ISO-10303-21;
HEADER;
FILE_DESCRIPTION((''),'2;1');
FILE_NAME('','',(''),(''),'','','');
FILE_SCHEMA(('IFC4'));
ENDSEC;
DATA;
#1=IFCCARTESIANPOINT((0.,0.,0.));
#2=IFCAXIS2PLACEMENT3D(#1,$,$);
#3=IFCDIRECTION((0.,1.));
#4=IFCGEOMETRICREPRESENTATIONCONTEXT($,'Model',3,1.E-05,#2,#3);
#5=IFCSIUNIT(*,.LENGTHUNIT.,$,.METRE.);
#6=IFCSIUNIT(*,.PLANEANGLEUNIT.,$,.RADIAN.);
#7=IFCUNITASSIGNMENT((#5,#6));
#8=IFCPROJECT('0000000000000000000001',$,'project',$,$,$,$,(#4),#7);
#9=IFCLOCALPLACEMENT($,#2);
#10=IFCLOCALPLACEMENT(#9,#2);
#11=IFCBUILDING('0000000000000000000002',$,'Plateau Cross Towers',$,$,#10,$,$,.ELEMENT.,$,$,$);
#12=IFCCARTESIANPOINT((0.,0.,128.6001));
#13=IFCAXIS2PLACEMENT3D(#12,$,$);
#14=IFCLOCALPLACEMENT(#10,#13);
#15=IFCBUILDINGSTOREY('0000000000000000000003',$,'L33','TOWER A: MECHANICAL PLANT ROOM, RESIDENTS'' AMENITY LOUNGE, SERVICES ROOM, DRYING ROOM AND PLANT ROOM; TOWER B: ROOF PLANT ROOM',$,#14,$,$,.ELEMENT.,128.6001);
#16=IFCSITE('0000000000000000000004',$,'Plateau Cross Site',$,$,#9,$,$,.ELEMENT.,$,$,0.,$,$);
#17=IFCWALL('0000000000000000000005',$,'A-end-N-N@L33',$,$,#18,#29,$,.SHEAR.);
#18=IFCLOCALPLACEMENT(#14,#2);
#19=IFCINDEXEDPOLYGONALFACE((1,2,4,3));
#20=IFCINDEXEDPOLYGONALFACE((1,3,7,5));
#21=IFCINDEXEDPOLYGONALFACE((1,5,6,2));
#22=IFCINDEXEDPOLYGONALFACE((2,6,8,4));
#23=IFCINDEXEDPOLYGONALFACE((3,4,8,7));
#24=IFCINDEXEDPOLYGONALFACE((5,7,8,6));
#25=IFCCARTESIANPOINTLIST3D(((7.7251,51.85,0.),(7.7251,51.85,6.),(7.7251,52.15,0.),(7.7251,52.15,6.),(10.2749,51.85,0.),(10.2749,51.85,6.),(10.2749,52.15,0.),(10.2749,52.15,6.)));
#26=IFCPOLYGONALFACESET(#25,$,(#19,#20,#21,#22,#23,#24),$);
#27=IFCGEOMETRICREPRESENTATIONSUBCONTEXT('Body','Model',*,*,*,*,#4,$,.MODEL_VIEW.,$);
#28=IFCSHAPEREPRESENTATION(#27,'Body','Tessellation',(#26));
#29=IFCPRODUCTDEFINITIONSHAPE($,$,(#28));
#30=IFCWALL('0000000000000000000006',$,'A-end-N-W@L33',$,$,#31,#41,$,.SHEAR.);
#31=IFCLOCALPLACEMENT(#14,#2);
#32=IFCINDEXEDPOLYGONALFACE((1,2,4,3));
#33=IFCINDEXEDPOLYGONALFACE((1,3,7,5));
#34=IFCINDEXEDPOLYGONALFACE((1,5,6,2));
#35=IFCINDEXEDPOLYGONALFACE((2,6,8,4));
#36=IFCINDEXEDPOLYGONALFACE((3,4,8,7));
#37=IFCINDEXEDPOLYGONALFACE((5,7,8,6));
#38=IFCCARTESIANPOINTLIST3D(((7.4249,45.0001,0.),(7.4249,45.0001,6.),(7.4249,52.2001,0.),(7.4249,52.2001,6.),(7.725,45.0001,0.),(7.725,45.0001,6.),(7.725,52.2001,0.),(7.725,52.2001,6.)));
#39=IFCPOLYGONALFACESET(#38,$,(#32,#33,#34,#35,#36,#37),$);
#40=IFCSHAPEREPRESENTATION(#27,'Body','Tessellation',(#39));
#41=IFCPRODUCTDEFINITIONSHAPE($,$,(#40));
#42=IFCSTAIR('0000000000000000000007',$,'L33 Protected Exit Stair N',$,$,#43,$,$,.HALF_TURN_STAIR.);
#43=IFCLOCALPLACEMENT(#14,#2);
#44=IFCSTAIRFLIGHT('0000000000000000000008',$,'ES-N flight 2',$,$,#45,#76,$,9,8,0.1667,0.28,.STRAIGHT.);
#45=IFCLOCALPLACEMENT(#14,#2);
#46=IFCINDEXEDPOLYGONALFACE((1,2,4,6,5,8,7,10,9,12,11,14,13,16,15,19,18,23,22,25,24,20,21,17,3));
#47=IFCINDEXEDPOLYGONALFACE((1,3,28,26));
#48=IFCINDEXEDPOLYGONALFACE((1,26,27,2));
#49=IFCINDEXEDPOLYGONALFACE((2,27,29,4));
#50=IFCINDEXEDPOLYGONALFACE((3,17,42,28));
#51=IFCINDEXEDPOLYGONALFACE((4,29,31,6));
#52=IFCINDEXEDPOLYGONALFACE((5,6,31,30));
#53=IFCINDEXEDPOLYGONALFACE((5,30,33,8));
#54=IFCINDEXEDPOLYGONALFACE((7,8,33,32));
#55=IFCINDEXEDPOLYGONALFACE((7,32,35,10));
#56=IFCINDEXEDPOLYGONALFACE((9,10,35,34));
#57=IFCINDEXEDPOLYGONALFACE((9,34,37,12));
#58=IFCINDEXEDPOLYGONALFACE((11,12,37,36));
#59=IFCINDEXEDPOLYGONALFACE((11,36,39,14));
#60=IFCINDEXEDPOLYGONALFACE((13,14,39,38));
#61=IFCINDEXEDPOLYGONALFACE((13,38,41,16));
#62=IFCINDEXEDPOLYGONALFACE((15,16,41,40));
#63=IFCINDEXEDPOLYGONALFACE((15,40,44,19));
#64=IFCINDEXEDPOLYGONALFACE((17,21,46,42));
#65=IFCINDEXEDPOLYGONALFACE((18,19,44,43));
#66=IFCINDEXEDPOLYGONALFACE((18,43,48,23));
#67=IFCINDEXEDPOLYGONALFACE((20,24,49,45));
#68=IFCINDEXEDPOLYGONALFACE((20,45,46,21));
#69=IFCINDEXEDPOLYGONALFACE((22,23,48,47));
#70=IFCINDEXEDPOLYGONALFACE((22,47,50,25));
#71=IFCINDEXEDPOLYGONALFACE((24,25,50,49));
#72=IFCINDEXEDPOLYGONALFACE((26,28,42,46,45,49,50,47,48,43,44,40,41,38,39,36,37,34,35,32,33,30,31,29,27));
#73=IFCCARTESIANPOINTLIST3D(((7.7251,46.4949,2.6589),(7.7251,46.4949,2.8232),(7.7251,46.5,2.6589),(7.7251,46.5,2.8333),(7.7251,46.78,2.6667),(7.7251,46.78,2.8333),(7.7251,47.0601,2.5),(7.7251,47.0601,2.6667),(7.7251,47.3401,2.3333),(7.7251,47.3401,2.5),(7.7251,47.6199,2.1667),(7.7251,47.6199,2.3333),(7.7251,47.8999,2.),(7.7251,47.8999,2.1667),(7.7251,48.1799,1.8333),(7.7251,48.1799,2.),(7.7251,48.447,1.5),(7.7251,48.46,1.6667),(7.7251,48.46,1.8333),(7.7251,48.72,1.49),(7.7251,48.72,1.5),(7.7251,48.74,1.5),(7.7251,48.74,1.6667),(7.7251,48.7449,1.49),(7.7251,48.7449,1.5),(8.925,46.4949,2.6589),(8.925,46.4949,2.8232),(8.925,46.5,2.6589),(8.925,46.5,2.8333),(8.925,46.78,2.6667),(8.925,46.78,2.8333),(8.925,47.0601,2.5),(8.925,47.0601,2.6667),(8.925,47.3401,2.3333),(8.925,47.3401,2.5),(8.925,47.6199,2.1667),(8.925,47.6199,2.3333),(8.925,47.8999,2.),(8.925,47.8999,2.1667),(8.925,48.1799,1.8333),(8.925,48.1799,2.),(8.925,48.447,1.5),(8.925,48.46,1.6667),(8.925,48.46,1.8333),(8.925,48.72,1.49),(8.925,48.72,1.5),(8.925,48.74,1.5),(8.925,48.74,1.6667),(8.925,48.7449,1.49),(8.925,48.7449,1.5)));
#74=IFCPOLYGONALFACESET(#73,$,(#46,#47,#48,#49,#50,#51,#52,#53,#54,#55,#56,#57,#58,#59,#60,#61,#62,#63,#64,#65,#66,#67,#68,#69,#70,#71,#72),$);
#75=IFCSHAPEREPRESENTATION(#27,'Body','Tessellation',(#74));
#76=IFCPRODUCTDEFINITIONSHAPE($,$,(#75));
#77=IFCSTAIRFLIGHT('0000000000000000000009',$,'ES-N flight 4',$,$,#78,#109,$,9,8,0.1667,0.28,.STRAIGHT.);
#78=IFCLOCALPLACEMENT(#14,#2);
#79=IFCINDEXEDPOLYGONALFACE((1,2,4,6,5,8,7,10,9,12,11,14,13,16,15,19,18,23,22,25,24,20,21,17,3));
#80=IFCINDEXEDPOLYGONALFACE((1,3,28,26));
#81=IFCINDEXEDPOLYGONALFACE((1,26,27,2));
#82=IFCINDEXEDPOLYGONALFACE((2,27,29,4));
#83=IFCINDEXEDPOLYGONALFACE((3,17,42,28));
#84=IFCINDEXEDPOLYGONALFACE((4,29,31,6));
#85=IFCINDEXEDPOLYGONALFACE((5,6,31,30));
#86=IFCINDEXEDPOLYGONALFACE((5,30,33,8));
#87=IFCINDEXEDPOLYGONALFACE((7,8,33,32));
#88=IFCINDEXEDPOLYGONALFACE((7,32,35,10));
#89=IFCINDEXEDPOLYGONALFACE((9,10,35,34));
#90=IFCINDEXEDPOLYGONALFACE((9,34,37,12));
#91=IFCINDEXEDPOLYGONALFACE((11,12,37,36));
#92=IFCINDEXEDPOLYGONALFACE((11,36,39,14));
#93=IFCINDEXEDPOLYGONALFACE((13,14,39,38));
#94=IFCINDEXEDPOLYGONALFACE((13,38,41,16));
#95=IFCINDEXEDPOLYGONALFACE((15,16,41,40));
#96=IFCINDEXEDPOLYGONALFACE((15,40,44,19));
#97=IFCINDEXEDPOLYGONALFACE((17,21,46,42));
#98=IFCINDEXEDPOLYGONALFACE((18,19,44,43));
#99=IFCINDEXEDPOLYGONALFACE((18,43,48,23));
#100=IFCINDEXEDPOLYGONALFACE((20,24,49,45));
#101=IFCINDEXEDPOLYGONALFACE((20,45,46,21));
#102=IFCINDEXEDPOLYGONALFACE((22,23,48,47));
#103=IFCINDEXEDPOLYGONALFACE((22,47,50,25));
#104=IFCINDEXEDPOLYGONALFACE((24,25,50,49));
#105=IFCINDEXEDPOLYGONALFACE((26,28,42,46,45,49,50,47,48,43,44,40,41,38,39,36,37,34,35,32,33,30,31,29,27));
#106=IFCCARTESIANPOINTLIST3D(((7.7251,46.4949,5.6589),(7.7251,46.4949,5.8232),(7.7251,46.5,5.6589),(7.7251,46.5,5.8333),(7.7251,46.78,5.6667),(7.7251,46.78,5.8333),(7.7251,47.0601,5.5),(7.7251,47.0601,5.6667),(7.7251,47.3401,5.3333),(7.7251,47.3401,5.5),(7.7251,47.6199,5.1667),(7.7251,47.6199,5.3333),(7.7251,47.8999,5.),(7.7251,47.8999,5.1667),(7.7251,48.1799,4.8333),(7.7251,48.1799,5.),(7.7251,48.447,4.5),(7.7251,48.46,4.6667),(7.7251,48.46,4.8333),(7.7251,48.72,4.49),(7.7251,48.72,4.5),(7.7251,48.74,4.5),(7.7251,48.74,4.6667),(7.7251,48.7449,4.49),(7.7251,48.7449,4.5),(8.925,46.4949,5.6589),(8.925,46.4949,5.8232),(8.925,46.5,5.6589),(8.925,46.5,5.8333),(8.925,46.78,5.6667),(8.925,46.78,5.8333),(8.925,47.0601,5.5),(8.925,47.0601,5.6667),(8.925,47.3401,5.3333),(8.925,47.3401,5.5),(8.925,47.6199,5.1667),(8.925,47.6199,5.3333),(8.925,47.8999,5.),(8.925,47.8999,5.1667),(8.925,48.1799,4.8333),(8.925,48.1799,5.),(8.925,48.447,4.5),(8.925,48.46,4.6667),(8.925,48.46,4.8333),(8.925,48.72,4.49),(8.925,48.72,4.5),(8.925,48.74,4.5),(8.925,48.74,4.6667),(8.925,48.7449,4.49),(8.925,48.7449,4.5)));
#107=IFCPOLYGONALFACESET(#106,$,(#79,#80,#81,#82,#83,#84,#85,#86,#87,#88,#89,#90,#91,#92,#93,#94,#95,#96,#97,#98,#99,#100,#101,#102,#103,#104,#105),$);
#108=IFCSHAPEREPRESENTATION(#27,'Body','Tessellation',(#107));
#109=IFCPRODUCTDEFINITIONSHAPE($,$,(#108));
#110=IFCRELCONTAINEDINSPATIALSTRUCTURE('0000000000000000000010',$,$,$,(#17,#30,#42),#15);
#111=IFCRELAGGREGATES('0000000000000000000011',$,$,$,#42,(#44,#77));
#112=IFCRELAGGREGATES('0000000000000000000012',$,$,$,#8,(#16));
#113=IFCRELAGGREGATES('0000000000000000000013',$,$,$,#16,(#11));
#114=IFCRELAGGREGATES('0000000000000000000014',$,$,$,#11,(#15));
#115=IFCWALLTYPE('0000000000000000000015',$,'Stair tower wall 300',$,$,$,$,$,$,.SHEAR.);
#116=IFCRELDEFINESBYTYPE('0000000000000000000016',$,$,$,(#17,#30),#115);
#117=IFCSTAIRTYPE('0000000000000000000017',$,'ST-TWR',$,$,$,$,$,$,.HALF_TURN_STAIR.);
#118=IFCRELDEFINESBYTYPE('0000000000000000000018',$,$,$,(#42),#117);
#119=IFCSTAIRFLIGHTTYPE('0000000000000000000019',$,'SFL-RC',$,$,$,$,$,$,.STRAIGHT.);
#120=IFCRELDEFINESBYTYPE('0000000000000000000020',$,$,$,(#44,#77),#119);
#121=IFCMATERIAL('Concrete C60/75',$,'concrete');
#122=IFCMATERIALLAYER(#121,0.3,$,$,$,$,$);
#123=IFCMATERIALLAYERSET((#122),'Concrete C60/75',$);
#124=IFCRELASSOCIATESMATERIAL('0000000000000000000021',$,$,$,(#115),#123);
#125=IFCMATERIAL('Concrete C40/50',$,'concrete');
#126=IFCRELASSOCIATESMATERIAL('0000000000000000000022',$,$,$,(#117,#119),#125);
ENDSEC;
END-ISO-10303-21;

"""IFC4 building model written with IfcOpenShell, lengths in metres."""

from ifc_helpers import new_model, si_unit, direction, frame, frame_2d, origin, place, context, subcontext, project, spatial, polyline, rectangle, outline, extrude, material, layer, layer_set, type_object, element, aggregate, save


model = new_model("IFC4")

# Units and contexts
model_context = context("Model", 3, precision=1e-05, world=origin(), true_north=direction((0.0, 1.0)))
body_context = subcontext(model_context, "Body", "Model", "MODEL_VIEW")
ifc_project = project(units=[si_unit("LENGTHUNIT", "METRE"), si_unit("PLANEANGLEUNIT", "RADIAN")], contexts=[model_context])

# Site, building, storey
site_placement = place(None, origin())
site = spatial("IfcSite", under=ifc_project, at=site_placement, Name="Plateau Cross Site", CompositionType="ELEMENT", RefElevation=0.0)
building_placement = place(site_placement, origin())
building = spatial("IfcBuilding", under=site, at=building_placement, Name="Plateau Cross Towers", CompositionType="ELEMENT")
storey_placement = place(building_placement, frame((0.0, 0.0, 128.6001)))
storey = spatial("IfcBuildingStorey", under=building, at=storey_placement, Name="L33", Description="TOWER A: MECHANICAL PLANT ROOM, RESIDENTS' AMENITY LOUNGE, SERVICES ROOM, DRYING ROOM AND PLANT ROOM; TOWER B: ROOF PLANT ROOM", CompositionType="ELEMENT", Elevation=128.6001)

# Shared definitions
ifc_material_1 = material(Name="Concrete C60/75", Category="concrete")

# Walls
ifc_layer_1 = layer(ifc_material_1, 0.3)
ifc_layer_set_1 = layer_set([ifc_layer_1], Name="Concrete C60/75")
wall_type = type_object("IfcWallType", Name="Stair tower wall 300", PredefinedType="SHEAR", material=ifc_layer_set_1)
for number, where, z_axis, x_axis, name in (
    (1, (7.7251, 52.0, 0.0), (0.0, 0.0, 1.0), (1.0, 0.0, 0.0), "A-end-N-N@L33"),
):
    element("IfcWall", number, at=place(storey_placement, frame(where, z_axis=z_axis, x_axis=x_axis)), inside=storey, type_object=wall_type, Name=name, PredefinedType="SHEAR", context=body_context, shape_type="SweptSolid", body=[
        extrude(rectangle(XDim=2.5498, YDim=0.3, at=frame_2d((1.2749, 0.0))), origin(), (0.0, 0.0, 1.0), 6.0),
    ])
wall_placement = place(storey_placement, frame((7.575, 45.0, 0.0), z_axis=(0.0, 0.0, 1.0), x_axis=(0.0, 1.0, 0.0)))
element("IfcWall", 2, at=wall_placement, inside=storey, type_object=wall_type, Name="A-end-N-W@L33", PredefinedType="SHEAR", context=body_context, shape_type="SweptSolid", body=[
    extrude(rectangle(XDim=7.2, YDim=0.3, at=frame_2d((3.6001, 0.0))), origin(), (0.0, 0.0, 1.0), 6.0),
])

# Stair, stair flights
ifc_material_2 = material(Name="Concrete C40/50", Category="concrete")
stair_type = type_object("IfcStairType", Name="ST-TWR", PredefinedType="HALF_TURN_STAIR", material=ifc_material_2)
stair_placement = place(storey_placement, origin())
stair = element("IfcStair", 3, at=stair_placement, inside=storey, type_object=stair_type, Name="L33 Protected Exit Stair N", PredefinedType="HALF_TURN_STAIR")
stair_flight_type = type_object("IfcStairFlightType", Name="SFL-RC", PredefinedType="STRAIGHT", material=ifc_material_2)
stair_flight_1_placement = place(storey_placement, frame((8.325, 48.74, 1.5), z_axis=(0.0, 0.0, 1.0), x_axis=(0.0, -1.0, 0.0)))
stair_flight_1 = element("IfcStairFlight", 4, at=stair_flight_1_placement, type_object=stair_flight_type, Name="ES-N flight 2", NumberOfRisers=9, NumberOfTreads=8, PredefinedType="STRAIGHT", RiserHeight=0.1667, TreadLength=0.28, context=body_context, shape_type="SweptSolid", body=[
    extrude(outline(polyline([(-0.0049, -0.01), (-0.0049, 0.0), (0.0, 0.0), (0.0, 0.1667), (0.28, 0.1667), (0.28, 0.3333), (0.5601, 0.3333), (0.5601, 0.5), (0.8401, 0.5), (0.8401, 0.6667), (1.1201, 0.6667), (1.1201, 0.8333), (1.3999, 0.8333), (1.3999, 1.0), (1.6799, 1.0), (1.6799, 1.1667), (1.96, 1.1667), (1.96, 1.3333), (2.24, 1.3333), (2.2451, 1.3232), (2.2451, 1.1589), (2.24, 1.1589), (0.293, 0.0), (0.02, 0.0), (0.02, -0.01), (-0.0049, -0.01)])), frame((0.0, 0.6001, 0.0), z_axis=(0.0, -1.0, 0.0), x_axis=(1.0, 0.0, 0.0)), (0.0, 0.0, 1.0), 1.2),
])
stair_flight_2_placement = place(storey_placement, frame((8.325, 48.74, 4.5), z_axis=(0.0, 0.0, 1.0), x_axis=(0.0, -1.0, 0.0)))
stair_flight_2 = element("IfcStairFlight", 5, at=stair_flight_2_placement, type_object=stair_flight_type, Name="ES-N flight 4", NumberOfRisers=9, NumberOfTreads=8, PredefinedType="STRAIGHT", RiserHeight=0.1667, TreadLength=0.28, context=body_context, shape_type="SweptSolid", body=[
    extrude(outline(polyline([(-0.0049, -0.01), (-0.0049, 0.0), (0.0, 0.0), (0.0, 0.1667), (0.28, 0.1667), (0.28, 0.3333), (0.5601, 0.3333), (0.5601, 0.5), (0.8401, 0.5), (0.8401, 0.6667), (1.1201, 0.6667), (1.1201, 0.8333), (1.3999, 0.8333), (1.3999, 1.0), (1.6799, 1.0), (1.6799, 1.1667), (1.96, 1.1667), (1.96, 1.3333), (2.24, 1.3333), (2.2451, 1.3232), (2.2451, 1.1589), (2.24, 1.1589), (0.293, 0.0), (0.02, 0.0), (0.02, -0.01), (-0.0049, -0.01)])), frame((0.0, 0.6001, 0.0), z_axis=(0.0, -1.0, 0.0), x_axis=(1.0, 0.0, 0.0)), (0.0, 0.0, 1.0), 1.2),
])
aggregate(stair, [stair_flight_1, stair_flight_2])

save(model, "model.ifc")
